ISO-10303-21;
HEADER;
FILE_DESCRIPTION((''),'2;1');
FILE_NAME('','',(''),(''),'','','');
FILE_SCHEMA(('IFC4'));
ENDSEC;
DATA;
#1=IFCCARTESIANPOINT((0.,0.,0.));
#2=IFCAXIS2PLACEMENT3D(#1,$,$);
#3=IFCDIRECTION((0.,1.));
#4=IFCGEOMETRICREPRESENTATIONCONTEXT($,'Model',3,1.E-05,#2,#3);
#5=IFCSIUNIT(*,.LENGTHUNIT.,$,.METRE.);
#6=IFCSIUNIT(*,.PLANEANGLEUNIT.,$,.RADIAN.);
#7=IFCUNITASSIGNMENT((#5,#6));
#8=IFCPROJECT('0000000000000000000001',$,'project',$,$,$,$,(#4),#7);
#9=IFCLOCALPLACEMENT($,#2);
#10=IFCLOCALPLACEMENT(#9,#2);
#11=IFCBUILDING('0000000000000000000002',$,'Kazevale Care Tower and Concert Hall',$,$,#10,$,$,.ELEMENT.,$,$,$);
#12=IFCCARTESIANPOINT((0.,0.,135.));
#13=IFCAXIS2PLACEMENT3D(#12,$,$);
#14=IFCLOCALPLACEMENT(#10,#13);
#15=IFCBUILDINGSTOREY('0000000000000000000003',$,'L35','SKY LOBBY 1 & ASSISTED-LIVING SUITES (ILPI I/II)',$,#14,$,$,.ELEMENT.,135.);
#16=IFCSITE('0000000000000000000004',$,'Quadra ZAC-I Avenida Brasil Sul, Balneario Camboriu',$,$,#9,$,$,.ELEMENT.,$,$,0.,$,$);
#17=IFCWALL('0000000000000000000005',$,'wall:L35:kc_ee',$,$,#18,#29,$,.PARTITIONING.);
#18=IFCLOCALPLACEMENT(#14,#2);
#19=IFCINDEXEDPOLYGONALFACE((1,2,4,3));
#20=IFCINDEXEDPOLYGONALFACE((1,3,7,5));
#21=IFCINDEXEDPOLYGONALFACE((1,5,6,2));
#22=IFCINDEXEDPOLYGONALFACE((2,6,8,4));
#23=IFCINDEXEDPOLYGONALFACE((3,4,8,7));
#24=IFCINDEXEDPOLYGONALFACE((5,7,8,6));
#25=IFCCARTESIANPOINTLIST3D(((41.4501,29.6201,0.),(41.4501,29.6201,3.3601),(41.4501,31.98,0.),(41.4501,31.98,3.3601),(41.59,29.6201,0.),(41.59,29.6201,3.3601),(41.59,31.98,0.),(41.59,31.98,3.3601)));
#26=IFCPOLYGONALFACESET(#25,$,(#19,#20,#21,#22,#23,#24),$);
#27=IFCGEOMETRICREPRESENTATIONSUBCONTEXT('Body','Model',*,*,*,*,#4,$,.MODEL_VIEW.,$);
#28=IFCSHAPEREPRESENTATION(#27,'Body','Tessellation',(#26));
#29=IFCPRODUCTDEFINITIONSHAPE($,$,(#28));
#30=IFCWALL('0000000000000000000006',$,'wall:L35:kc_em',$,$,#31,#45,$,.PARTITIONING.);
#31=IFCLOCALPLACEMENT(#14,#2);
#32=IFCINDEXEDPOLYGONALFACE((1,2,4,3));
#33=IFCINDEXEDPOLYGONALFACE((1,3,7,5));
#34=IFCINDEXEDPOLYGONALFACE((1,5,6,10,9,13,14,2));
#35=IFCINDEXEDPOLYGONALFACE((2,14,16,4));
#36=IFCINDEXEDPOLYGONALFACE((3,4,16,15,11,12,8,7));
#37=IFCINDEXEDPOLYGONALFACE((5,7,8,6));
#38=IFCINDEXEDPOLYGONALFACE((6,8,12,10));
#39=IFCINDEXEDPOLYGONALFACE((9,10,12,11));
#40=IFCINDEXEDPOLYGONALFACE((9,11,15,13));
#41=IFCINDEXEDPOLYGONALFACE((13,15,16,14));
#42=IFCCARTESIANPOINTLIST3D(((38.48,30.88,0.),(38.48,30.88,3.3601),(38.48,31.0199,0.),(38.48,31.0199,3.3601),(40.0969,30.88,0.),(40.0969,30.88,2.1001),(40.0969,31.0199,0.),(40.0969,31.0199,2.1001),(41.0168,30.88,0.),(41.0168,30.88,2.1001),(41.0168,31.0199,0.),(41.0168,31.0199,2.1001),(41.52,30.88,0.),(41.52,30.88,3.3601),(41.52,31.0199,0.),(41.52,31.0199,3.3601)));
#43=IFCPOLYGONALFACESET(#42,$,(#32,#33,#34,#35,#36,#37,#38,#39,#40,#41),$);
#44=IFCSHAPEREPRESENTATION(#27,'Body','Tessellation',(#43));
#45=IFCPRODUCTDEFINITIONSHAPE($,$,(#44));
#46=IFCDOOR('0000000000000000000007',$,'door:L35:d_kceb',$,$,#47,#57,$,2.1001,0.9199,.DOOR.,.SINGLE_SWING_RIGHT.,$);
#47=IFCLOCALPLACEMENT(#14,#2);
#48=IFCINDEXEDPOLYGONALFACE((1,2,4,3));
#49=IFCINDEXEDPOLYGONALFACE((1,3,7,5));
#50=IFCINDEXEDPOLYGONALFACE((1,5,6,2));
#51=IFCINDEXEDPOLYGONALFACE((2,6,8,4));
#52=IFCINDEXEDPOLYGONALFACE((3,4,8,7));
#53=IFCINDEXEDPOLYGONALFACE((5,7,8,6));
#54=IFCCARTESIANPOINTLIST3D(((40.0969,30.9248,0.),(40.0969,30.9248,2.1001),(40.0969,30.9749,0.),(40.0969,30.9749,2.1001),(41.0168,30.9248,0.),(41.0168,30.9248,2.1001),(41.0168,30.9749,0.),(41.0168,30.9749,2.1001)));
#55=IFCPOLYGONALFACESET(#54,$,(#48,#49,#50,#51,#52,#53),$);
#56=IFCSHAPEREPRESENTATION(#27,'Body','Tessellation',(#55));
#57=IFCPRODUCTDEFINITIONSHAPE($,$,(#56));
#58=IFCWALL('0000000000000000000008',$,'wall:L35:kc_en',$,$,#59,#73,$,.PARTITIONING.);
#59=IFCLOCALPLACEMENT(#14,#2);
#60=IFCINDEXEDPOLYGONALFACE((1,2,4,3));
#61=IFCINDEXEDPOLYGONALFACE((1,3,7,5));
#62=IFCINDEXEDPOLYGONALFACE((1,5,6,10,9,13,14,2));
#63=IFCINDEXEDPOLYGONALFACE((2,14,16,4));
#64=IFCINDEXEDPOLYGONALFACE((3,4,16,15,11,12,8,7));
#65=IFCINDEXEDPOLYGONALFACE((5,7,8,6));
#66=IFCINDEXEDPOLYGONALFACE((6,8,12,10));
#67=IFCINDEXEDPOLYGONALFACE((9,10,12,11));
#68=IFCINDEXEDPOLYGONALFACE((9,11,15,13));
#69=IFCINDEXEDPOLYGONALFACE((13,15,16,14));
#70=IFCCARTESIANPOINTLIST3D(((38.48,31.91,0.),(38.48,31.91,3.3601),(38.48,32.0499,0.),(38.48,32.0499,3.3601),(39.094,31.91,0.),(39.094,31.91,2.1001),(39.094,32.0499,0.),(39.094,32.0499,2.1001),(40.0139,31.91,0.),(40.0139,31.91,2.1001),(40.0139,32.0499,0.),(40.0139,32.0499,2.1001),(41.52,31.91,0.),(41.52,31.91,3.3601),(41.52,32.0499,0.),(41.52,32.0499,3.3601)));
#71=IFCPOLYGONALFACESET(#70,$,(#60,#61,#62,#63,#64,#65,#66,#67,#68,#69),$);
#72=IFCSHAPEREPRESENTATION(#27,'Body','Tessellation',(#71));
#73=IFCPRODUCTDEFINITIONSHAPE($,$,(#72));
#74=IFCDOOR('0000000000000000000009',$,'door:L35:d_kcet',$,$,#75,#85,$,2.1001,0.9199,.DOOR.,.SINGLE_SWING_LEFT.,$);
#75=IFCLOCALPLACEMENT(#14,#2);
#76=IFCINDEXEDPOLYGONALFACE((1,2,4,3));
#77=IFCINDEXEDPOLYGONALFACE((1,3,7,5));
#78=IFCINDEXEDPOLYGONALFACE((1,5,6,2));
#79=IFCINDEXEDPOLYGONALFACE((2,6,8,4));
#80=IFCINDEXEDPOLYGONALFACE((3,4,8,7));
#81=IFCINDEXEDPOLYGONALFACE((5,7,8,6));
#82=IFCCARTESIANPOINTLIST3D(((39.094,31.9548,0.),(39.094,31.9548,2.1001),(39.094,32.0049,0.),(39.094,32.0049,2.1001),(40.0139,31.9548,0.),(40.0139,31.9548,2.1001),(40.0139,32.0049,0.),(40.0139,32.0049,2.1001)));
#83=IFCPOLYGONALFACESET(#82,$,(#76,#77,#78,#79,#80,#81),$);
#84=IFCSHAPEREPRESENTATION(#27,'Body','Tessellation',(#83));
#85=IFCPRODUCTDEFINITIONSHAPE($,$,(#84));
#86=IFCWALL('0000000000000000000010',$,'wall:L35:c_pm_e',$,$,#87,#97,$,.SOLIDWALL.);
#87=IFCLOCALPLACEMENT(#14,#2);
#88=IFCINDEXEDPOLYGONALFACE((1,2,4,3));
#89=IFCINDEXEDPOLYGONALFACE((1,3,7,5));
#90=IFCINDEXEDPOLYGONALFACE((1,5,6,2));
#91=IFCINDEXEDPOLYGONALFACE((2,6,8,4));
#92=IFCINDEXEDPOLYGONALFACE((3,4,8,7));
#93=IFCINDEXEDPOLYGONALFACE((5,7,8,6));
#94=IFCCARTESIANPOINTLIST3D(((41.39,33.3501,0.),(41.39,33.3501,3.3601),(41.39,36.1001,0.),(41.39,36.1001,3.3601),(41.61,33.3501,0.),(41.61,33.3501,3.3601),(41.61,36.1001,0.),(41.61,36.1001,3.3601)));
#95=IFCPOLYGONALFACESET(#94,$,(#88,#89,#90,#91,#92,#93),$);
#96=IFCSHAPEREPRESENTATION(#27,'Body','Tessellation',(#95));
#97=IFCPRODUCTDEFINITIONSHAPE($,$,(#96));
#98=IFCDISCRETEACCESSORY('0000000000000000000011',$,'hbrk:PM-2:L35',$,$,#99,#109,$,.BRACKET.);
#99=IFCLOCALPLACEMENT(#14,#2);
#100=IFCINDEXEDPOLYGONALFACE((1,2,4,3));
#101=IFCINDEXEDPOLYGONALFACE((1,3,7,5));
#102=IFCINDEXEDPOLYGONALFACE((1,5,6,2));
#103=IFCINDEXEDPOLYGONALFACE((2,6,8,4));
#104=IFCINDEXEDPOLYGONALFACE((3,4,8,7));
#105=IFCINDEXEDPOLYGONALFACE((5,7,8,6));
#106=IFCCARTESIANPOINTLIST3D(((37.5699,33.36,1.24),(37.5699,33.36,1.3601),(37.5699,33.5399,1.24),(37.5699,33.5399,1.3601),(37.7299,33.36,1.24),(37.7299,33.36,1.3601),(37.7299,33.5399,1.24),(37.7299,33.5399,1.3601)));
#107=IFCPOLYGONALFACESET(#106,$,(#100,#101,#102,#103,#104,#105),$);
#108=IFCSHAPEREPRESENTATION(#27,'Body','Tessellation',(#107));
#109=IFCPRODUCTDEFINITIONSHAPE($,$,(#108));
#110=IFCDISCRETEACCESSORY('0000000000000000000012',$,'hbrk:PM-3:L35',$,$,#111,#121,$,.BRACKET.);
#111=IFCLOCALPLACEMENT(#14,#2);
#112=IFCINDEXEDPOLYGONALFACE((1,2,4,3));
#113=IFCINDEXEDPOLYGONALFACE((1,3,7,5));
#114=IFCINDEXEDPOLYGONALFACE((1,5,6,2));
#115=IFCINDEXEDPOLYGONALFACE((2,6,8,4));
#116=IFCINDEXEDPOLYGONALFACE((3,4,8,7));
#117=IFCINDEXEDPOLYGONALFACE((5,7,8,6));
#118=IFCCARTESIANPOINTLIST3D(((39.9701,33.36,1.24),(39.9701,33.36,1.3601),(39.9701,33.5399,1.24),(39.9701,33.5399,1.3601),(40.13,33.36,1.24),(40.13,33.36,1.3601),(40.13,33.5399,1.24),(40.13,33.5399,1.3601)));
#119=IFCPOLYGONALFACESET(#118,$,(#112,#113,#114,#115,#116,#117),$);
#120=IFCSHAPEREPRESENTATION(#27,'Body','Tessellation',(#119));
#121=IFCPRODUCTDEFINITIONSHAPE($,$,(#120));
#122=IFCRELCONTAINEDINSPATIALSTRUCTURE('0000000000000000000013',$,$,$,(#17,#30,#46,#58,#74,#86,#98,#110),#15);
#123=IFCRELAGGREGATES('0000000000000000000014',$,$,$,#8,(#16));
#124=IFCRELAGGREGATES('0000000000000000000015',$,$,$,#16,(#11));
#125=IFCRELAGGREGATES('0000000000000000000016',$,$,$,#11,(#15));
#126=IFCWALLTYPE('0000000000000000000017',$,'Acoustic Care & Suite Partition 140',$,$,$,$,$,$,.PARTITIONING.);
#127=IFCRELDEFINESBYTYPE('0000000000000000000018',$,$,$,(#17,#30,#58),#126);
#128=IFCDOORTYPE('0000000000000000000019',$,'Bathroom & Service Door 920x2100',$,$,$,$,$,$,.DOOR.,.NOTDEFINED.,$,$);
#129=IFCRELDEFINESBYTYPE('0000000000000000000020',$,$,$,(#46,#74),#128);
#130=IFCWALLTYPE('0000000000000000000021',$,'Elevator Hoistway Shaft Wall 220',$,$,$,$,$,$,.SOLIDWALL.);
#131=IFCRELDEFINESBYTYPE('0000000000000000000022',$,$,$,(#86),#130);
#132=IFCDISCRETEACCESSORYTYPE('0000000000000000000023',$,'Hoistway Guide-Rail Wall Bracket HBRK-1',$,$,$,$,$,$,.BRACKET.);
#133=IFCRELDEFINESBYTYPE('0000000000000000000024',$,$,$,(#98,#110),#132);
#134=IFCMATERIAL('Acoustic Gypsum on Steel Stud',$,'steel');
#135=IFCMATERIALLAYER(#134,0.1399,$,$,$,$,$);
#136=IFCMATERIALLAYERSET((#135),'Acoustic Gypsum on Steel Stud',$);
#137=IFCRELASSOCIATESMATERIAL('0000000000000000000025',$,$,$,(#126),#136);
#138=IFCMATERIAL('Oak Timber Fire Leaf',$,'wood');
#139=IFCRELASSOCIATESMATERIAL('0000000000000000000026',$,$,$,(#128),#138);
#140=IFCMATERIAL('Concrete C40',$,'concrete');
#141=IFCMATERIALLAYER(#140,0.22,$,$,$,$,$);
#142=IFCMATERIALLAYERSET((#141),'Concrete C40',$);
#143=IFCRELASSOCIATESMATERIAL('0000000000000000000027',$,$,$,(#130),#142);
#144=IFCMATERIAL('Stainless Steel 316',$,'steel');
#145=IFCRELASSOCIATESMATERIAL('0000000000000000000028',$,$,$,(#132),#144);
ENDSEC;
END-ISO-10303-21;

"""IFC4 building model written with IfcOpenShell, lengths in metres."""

from ifc_helpers import new_model, si_unit, direction, frame, frame_2d, origin, origin_2d, place, context, subcontext, project, spatial, rectangle, extrude, material, layer, layer_set, type_object, element, fill, save


model = new_model("IFC4")

# Units and contexts
model_context = context("Model", 3, precision=1e-05, world=origin(), true_north=direction((0.0, 1.0)))
body_context = subcontext(model_context, "Body", "Model", "MODEL_VIEW")
ifc_project = project(units=[si_unit("LENGTHUNIT", "METRE"), si_unit("PLANEANGLEUNIT", "RADIAN")], contexts=[model_context])

# Site, building, storey
site_placement = place(None, origin())
site = spatial("IfcSite", under=ifc_project, at=site_placement, Name="Quadra ZAC-I Avenida Brasil Sul, Balneario Camboriu", CompositionType="ELEMENT", RefElevation=0.0)
building_placement = place(site_placement, origin())
building = spatial("IfcBuilding", under=site, at=building_placement, Name="Kazevale Care Tower and Concert Hall", CompositionType="ELEMENT")
storey_placement = place(building_placement, frame((0.0, 0.0, 135.0)))
storey = spatial("IfcBuildingStorey", under=building, at=storey_placement, Name="L35", Description="SKY LOBBY 1 & ASSISTED-LIVING SUITES (ILPI I/II)", CompositionType="ELEMENT", Elevation=135.0)

# Wall
ifc_material_1 = material(Name="Acoustic Gypsum on Steel Stud", Category="steel")
ifc_layer_1 = layer(ifc_material_1, 0.1399)
ifc_layer_set_1 = layer_set([ifc_layer_1], Name="Acoustic Gypsum on Steel Stud")
wall_type_1 = type_object("IfcWallType", Name="Acoustic Care & Suite Partition 140", PredefinedType="PARTITIONING", material=ifc_layer_set_1)
for number, where, z_axis, x_axis, name in (
    (1, (41.52, 29.6201, 0.0), (0.0, 0.0, 1.0), (0.0, 1.0, 0.0), "wall:L35:kc_ee"),
):
    element("IfcWall", number, at=place(storey_placement, frame(where, z_axis=z_axis, x_axis=x_axis)), inside=storey, type_object=wall_type_1, Name=name, PredefinedType="PARTITIONING", context=body_context, shape_type="SweptSolid", body=[
        extrude(rectangle(XDim=2.3599, YDim=0.1399, at=frame_2d((1.1799, 0.0))), origin(), (0.0, 0.0, 1.0), 3.3601),
    ])

# Walls, openings, doors
wall_1_placement = place(storey_placement, frame((38.48, 30.95, 0.0), z_axis=(0.0, 0.0, 1.0), x_axis=(1.0, 0.0, 0.0)))
wall_1 = element("IfcWall", 2, at=wall_1_placement, inside=storey, type_object=wall_type_1, Name="wall:L35:kc_em", PredefinedType="PARTITIONING", context=body_context, shape_type="SweptSolid", body=[
    extrude(rectangle(XDim=3.04, YDim=0.1399, at=frame_2d((1.52, 0.0))), origin(), (0.0, 0.0, 1.0), 3.3601),
])
opening_1_placement = place(wall_1_placement, frame((1.6169, 0.0, 0.0)))
opening_1 = element("IfcOpeningElement", 3, at=opening_1_placement, cuts=wall_1, PredefinedType="OPENING", context=body_context, shape_type="SweptSolid", body=[
    extrude(rectangle(XDim=0.9199, YDim=2.1001, at=frame_2d((0.46, 1.05))), frame((0.0, 0.0798, 0.0), z_axis=(0.0, -1.0, 0.0), x_axis=(1.0, 0.0, 0.0)), (0.0, 0.0, 1.0), 0.1599),
])
ifc_material_2 = material(Name="Oak Timber Fire Leaf", Category="wood")
door_type = type_object("IfcDoorType", Name="Bathroom & Service Door 920x2100", OperationType="NOTDEFINED", PredefinedType="DOOR", material=ifc_material_2)
door_1_placement = place(opening_1_placement, origin())
door_1 = element("IfcDoor", 4, at=door_1_placement, inside=storey, type_object=door_type, Name="door:L35:d_kceb", OperationType="SINGLE_SWING_RIGHT", OverallHeight=2.1001, OverallWidth=0.9199, PredefinedType="DOOR", context=body_context, shape_type="SweptSolid", body=[
    extrude(rectangle(XDim=0.9199, YDim=2.1001, at=frame_2d((0.46, 1.05))), frame((0.0, 0.0249, 0.0), z_axis=(0.0, -1.0, 0.0), x_axis=(1.0, 0.0, 0.0)), (0.0, 0.0, 1.0), 0.05),
])
fill(opening_1, door_1)
wall_2_placement = place(storey_placement, frame((38.48, 31.98, 0.0), z_axis=(0.0, 0.0, 1.0), x_axis=(1.0, 0.0, 0.0)))
wall_2 = element("IfcWall", 5, at=wall_2_placement, inside=storey, type_object=wall_type_1, Name="wall:L35:kc_en", PredefinedType="PARTITIONING", context=body_context, shape_type="SweptSolid", body=[
    extrude(rectangle(XDim=3.04, YDim=0.1399, at=frame_2d((1.52, 0.0))), origin(), (0.0, 0.0, 1.0), 3.3601),
])
opening_2_placement = place(wall_2_placement, frame((0.614, 0.0, 0.0)))
opening_2 = element("IfcOpeningElement", 6, at=opening_2_placement, cuts=wall_2, PredefinedType="OPENING", context=body_context, shape_type="SweptSolid", body=[
    extrude(rectangle(XDim=0.9199, YDim=2.1001, at=frame_2d((0.46, 1.05))), frame((0.0, 0.0798, 0.0), z_axis=(0.0, -1.0, 0.0), x_axis=(1.0, 0.0, 0.0)), (0.0, 0.0, 1.0), 0.1599),
])
door_2_placement = place(opening_2_placement, origin())
door_2 = element("IfcDoor", 7, at=door_2_placement, inside=storey, type_object=door_type, Name="door:L35:d_kcet", OperationType="SINGLE_SWING_LEFT", OverallHeight=2.1001, OverallWidth=0.9199, PredefinedType="DOOR", context=body_context, shape_type="SweptSolid", body=[
    extrude(rectangle(XDim=0.9199, YDim=2.1001, at=frame_2d((0.46, 1.05))), frame((0.0, 0.0249, 0.0), z_axis=(0.0, -1.0, 0.0), x_axis=(1.0, 0.0, 0.0)), (0.0, 0.0, 1.0), 0.05),
])
fill(opening_2, door_2)

# Wall
ifc_material_3 = material(Name="Concrete C40", Category="concrete")
ifc_layer_2 = layer(ifc_material_3, 0.22)
ifc_layer_set_2 = layer_set([ifc_layer_2], Name="Concrete C40")
wall_type_2 = type_object("IfcWallType", Name="Elevator Hoistway Shaft Wall 220", PredefinedType="SOLIDWALL", material=ifc_layer_set_2)
wall_3_placement = place(storey_placement, frame((41.5, 33.3501, 0.0), z_axis=(0.0, 0.0, 1.0), x_axis=(0.0, 1.0, 0.0)))
element("IfcWall", 8, at=wall_3_placement, inside=storey, type_object=wall_type_2, Name="wall:L35:c_pm_e", PredefinedType="SOLIDWALL", context=body_context, shape_type="SweptSolid", body=[
    extrude(rectangle(XDim=2.75, YDim=0.22, at=frame_2d((1.375, 0.0))), origin(), (0.0, 0.0, 1.0), 3.3601),
])

# Discrete accessories
ifc_material_4 = material(Name="Stainless Steel 316", Category="steel")
discrete_accessory_type = type_object("IfcDiscreteAccessoryType", Name="Hoistway Guide-Rail Wall Bracket HBRK-1", PredefinedType="BRACKET", material=ifc_material_4)
for number, where, z_axis, x_axis, name in (
    (9, (37.6499, 33.45, 1.24), (0.0, 0.0, 1.0), (1.0, 0.0, 0.0), "hbrk:PM-2:L35"),
    (10, (40.05, 33.45, 1.24), (0.0, 0.0, 1.0), (1.0, 0.0, 0.0), "hbrk:PM-3:L35"),
):
    element("IfcDiscreteAccessory", number, at=place(storey_placement, frame(where, z_axis=z_axis, x_axis=x_axis)), inside=storey, type_object=discrete_accessory_type, Name=name, PredefinedType="BRACKET", context=body_context, shape_type="SweptSolid", body=[
        extrude(rectangle(XDim=0.1599, YDim=0.1799, at=origin_2d()), origin(), (0.0, 0.0, 1.0), 0.1201),
    ])

save(model, "model.ifc")
